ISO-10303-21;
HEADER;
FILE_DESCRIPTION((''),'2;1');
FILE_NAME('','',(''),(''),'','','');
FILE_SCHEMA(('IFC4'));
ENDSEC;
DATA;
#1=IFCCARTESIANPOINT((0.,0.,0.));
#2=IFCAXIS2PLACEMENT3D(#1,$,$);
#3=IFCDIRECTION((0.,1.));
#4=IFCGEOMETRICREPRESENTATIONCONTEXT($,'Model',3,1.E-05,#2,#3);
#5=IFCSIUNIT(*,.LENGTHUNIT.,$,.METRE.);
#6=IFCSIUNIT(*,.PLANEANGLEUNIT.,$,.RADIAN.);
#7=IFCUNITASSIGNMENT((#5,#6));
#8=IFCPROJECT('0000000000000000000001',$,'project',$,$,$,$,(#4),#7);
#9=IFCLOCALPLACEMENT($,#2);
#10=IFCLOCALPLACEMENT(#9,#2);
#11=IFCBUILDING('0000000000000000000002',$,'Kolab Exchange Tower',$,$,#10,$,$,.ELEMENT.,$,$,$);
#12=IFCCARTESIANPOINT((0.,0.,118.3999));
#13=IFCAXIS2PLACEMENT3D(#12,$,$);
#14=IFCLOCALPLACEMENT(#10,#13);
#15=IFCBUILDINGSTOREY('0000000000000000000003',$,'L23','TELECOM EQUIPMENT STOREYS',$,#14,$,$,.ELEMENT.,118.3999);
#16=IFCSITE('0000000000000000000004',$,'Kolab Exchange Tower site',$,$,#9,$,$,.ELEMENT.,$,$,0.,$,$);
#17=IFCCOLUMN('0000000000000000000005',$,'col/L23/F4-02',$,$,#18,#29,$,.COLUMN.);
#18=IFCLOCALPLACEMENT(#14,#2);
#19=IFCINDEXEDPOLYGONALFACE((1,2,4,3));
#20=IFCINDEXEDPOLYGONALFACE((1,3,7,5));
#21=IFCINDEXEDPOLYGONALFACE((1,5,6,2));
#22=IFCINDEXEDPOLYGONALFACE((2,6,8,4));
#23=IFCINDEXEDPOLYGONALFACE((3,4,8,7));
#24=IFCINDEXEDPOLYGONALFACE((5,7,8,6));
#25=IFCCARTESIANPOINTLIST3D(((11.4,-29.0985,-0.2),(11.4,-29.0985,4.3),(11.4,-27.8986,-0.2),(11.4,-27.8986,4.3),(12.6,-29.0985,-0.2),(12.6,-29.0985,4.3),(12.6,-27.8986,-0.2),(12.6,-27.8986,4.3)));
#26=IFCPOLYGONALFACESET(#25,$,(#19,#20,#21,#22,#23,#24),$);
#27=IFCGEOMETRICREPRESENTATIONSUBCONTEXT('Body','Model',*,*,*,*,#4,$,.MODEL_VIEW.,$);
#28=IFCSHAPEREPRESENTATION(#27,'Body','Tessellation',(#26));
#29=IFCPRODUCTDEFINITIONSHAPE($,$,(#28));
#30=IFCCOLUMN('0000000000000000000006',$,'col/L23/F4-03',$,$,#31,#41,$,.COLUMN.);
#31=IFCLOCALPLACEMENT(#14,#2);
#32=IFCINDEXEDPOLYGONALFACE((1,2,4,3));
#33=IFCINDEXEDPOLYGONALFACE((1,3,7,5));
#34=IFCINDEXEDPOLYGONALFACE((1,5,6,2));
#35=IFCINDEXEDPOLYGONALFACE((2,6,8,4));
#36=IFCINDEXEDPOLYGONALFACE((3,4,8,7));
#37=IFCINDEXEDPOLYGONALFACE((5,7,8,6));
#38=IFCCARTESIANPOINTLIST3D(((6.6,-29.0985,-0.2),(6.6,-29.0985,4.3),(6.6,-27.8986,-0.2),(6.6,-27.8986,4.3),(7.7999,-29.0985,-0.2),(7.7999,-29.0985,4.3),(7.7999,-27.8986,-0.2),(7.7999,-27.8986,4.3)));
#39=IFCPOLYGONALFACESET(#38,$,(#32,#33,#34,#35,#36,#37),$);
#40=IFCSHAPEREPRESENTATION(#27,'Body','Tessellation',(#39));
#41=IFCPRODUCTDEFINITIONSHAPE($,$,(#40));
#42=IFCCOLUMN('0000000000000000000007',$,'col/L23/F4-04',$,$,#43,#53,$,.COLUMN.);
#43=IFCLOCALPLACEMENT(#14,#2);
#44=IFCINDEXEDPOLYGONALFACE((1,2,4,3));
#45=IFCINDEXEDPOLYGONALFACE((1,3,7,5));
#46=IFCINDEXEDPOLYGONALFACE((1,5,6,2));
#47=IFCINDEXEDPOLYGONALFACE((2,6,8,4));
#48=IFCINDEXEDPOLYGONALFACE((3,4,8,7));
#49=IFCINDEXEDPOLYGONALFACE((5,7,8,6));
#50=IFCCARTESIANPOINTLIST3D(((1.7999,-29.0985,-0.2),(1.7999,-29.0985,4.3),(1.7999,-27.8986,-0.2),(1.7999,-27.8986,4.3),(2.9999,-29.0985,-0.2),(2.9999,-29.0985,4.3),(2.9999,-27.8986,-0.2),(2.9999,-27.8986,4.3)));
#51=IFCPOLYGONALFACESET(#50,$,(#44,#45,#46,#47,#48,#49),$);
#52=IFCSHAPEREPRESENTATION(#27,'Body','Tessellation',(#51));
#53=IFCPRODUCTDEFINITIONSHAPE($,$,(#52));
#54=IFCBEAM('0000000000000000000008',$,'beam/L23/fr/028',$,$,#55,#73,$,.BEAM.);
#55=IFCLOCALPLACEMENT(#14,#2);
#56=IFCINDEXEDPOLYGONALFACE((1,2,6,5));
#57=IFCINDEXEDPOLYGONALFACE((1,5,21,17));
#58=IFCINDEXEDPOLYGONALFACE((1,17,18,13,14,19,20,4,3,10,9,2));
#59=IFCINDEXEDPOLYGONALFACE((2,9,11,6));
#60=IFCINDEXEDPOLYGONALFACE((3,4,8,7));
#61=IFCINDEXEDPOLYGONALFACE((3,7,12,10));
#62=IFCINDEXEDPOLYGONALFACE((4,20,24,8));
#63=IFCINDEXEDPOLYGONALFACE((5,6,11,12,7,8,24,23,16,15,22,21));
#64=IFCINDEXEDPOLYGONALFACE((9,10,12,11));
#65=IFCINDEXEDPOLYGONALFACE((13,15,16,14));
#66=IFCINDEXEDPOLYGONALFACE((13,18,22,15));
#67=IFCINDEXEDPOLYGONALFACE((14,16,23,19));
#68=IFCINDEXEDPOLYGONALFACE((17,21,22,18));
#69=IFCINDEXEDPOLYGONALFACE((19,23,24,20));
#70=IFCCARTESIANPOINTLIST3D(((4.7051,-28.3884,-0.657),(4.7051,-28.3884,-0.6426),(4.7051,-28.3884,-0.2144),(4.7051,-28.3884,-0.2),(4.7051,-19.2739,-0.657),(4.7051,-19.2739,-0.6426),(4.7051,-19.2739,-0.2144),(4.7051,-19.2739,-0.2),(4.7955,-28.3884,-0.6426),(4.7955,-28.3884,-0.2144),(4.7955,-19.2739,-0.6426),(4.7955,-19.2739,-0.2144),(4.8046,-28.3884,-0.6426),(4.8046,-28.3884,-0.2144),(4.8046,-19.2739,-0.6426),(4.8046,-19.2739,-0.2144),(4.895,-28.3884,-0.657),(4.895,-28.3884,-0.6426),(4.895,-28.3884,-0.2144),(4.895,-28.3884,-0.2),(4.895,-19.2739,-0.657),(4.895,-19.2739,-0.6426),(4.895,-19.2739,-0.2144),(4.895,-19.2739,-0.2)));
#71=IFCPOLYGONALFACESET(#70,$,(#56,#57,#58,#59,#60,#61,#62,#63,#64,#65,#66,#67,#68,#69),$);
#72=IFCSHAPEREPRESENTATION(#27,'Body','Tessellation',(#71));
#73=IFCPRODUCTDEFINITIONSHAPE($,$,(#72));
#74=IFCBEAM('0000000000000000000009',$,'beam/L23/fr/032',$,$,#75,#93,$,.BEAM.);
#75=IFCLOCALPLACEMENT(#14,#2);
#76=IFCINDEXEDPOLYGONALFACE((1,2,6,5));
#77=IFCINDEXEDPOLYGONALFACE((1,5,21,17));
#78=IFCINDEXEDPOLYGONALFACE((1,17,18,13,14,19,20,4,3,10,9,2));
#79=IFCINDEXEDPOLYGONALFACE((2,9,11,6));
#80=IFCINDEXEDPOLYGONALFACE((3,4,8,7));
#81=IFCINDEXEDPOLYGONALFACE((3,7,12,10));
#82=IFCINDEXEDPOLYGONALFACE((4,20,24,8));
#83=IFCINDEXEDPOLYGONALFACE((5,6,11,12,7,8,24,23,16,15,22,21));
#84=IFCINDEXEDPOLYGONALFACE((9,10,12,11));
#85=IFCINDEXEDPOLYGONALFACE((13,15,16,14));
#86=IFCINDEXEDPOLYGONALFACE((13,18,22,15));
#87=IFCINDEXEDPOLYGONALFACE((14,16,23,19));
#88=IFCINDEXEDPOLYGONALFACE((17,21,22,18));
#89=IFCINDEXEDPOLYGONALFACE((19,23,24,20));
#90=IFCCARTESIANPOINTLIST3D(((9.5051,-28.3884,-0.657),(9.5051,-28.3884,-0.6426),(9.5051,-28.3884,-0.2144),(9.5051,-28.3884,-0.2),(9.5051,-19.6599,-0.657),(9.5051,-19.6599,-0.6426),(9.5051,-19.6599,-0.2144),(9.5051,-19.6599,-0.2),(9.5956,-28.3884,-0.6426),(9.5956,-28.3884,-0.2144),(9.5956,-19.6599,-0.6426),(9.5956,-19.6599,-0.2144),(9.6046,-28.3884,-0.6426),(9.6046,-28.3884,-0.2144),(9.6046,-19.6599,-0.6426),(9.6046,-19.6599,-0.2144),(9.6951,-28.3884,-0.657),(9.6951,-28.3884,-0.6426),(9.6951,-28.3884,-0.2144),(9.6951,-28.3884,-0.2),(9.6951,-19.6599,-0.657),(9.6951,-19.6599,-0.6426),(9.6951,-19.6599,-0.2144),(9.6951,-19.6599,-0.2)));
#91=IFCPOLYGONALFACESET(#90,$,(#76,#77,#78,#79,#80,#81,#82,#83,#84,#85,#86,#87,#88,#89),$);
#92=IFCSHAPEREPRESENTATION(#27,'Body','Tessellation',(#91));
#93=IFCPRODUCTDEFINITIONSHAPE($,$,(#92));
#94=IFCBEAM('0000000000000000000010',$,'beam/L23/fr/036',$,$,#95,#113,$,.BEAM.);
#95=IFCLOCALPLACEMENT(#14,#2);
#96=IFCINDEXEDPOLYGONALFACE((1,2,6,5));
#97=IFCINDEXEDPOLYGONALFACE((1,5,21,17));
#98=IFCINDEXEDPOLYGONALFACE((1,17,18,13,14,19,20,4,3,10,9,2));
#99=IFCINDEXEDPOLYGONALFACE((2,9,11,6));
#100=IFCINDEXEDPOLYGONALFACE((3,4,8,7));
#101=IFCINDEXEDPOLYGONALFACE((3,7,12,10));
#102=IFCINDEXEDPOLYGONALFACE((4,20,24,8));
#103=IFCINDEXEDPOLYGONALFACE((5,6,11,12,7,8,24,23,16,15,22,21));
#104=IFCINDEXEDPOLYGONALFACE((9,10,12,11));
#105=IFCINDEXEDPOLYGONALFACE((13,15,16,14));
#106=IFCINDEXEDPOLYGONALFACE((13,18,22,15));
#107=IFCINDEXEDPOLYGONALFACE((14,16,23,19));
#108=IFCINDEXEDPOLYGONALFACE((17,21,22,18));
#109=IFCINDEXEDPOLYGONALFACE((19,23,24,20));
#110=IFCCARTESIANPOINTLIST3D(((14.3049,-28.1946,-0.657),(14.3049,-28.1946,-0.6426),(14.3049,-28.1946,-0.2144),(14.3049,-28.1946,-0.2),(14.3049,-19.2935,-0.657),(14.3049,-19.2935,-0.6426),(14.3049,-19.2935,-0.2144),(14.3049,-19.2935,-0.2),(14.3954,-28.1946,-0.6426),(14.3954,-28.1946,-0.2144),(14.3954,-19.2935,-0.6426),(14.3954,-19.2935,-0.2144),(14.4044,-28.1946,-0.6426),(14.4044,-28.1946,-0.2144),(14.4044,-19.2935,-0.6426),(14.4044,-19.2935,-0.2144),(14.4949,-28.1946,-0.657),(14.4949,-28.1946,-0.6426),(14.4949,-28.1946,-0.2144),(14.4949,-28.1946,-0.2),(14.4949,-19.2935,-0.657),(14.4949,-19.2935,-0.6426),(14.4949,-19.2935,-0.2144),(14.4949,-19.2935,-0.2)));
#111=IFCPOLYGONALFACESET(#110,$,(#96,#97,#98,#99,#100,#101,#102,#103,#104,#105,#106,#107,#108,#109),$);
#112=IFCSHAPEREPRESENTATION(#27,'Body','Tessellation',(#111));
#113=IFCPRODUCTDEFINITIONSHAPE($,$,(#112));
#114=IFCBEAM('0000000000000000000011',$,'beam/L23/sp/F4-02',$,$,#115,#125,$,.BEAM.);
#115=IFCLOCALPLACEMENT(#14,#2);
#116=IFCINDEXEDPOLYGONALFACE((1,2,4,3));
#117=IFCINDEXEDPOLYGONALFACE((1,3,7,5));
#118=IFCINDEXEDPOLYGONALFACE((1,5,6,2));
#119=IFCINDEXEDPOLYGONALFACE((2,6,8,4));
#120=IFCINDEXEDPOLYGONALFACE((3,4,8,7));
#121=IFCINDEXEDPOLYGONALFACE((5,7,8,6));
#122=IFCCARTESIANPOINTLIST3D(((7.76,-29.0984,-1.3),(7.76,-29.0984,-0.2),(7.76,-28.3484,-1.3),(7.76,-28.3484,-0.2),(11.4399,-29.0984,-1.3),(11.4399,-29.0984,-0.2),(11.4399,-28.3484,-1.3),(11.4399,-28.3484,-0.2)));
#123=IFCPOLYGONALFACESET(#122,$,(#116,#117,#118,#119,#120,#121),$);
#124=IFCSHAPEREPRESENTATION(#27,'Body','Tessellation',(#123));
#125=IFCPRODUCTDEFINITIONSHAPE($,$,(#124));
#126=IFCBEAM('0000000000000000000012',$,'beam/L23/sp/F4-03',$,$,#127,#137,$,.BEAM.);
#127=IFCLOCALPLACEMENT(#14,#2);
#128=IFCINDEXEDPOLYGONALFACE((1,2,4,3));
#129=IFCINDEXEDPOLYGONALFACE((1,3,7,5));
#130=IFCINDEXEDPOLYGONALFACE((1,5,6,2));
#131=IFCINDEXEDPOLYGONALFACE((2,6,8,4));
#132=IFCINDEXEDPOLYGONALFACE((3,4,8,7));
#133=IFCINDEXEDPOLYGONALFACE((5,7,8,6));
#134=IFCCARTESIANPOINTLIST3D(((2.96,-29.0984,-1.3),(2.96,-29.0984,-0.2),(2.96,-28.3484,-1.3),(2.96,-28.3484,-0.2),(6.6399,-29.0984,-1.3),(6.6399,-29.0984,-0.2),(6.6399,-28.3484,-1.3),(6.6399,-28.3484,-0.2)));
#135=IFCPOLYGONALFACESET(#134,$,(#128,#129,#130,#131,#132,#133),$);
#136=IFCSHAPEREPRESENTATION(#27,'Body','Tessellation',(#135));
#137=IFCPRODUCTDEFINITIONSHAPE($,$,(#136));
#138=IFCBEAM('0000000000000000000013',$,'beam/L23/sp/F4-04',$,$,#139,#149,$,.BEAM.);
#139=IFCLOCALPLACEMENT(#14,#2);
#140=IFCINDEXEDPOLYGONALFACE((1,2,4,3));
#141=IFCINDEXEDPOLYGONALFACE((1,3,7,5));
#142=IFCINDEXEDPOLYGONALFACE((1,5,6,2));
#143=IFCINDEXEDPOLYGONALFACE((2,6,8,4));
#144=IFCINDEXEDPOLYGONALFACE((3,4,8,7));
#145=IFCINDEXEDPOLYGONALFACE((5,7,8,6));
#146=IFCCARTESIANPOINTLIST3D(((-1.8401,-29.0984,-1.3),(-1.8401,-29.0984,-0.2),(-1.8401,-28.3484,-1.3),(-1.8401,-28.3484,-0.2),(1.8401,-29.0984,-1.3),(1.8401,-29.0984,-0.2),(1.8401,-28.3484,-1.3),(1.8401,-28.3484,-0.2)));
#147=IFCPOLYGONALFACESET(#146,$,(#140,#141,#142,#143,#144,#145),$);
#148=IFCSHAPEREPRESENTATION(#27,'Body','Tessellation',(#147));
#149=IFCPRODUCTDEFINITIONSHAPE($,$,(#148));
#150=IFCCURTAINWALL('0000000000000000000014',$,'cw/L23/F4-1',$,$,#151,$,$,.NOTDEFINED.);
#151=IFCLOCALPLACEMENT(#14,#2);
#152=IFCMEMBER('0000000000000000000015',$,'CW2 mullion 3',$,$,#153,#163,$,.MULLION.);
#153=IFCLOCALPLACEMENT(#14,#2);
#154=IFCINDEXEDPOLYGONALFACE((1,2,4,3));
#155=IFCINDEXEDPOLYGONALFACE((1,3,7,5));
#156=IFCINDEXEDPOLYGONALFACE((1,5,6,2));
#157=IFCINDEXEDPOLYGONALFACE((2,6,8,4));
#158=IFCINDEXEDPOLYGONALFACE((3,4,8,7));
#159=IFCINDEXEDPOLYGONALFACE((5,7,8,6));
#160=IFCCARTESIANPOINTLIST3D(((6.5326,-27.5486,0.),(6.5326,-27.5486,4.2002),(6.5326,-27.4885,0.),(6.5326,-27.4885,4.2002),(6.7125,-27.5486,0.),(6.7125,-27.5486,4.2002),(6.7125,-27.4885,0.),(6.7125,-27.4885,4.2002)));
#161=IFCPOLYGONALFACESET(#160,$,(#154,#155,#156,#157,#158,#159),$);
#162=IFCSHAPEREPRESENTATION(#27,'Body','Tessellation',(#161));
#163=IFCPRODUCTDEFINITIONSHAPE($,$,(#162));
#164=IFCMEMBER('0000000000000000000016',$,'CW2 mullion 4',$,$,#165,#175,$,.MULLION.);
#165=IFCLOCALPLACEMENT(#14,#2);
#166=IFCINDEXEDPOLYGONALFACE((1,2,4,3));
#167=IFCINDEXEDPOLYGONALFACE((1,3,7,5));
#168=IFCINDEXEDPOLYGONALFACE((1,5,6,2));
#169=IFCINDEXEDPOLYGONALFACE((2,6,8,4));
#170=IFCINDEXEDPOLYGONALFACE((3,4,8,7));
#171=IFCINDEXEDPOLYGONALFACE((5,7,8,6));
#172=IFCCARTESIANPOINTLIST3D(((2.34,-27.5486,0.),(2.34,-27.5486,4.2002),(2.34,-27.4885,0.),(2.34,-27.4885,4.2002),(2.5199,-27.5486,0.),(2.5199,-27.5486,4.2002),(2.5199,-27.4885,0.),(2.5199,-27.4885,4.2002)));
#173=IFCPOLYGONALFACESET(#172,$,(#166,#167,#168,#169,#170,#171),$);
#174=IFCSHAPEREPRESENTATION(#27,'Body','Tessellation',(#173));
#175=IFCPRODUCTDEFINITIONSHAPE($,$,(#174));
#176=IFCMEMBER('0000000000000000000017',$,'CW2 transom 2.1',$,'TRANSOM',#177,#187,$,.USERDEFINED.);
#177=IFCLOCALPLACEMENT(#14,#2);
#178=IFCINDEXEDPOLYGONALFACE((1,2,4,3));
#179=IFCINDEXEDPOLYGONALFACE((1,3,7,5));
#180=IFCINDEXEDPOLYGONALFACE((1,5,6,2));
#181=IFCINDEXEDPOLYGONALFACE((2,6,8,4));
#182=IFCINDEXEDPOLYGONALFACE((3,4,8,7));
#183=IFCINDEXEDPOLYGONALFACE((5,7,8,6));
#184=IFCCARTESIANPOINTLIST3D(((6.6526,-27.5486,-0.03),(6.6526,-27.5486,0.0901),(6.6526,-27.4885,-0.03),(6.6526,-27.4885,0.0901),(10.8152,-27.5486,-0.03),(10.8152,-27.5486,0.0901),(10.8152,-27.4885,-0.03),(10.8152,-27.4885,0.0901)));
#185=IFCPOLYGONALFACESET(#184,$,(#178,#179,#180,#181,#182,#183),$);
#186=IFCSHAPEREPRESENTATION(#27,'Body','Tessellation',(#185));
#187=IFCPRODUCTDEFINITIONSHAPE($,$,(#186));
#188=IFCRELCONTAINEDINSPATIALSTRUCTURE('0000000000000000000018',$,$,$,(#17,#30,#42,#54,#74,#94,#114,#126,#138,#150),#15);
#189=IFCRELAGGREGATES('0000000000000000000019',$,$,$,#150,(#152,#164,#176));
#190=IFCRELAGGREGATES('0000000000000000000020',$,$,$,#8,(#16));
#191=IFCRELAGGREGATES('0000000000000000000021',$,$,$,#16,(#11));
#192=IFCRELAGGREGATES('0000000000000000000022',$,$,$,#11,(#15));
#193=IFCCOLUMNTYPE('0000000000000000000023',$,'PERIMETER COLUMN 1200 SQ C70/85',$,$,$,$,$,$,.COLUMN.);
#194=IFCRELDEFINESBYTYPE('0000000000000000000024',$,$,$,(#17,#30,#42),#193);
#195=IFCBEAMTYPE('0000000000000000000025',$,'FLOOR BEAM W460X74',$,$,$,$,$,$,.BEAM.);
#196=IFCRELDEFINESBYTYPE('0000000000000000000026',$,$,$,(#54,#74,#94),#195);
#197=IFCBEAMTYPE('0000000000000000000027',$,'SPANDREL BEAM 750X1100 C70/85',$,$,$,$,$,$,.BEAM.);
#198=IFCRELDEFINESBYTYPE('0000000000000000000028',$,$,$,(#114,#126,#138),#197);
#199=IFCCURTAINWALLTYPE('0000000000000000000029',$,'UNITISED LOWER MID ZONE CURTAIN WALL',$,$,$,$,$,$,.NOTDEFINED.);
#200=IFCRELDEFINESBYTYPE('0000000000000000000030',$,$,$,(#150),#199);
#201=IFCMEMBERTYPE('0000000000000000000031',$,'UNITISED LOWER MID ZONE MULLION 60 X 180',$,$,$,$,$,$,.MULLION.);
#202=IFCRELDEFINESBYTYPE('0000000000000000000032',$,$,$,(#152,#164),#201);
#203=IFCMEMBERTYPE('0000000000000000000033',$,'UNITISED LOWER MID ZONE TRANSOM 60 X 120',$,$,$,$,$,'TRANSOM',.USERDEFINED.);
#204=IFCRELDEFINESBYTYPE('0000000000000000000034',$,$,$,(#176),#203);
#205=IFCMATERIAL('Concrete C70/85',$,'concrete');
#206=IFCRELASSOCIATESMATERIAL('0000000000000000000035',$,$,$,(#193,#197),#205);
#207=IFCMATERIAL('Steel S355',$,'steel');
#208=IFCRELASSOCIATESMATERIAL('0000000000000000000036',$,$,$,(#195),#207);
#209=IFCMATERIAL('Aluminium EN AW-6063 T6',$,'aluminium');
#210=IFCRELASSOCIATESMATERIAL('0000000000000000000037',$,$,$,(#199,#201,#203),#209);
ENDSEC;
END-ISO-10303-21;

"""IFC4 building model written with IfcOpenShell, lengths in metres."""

from ifc_helpers import new_model, si_unit, direction, frame, origin, origin_2d, place, context, subcontext, project, spatial, rectangle, i_section, extrude, material, material_profile, profile_set, type_object, element, aggregate, save


model = new_model("IFC4")

# Units and contexts
model_context = context("Model", 3, precision=1e-05, world=origin(), true_north=direction((0.0, 1.0)))
body_context = subcontext(model_context, "Body", "Model", "MODEL_VIEW")
ifc_project = project(units=[si_unit("LENGTHUNIT", "METRE"), si_unit("PLANEANGLEUNIT", "RADIAN")], contexts=[model_context])

# Site, building, storey
site_placement = place(None, origin())
site = spatial("IfcSite", under=ifc_project, at=site_placement, Name="Kolab Exchange Tower site", CompositionType="ELEMENT", RefElevation=0.0)
building_placement = place(site_placement, origin())
building = spatial("IfcBuilding", under=site, at=building_placement, Name="Kolab Exchange Tower", CompositionType="ELEMENT")
storey_placement = place(building_placement, frame((0.0, 0.0, 118.3999)))
storey = spatial("IfcBuildingStorey", under=building, at=storey_placement, Name="L23", Description="TELECOM EQUIPMENT STOREYS", CompositionType="ELEMENT", Elevation=118.3999)

# Columns
ifc_material_1 = material(Name="Concrete C70/85", Category="concrete")
ifc_material_profile_1 = material_profile(ifc_material_1, rectangle(XDim=1.2, YDim=1.2, at=origin_2d()), Name="RC1200")
ifc_profile_set_1 = profile_set([ifc_material_profile_1], Name="Concrete C70/85")
column_type = type_object("IfcColumnType", Name="PERIMETER COLUMN 1200 SQ C70/85", PredefinedType="COLUMN", material=ifc_profile_set_1)
for number, where, z_axis, x_axis, name in (
    (1, (12.0, -28.4985, -0.2), (0.0, 0.0, 1.0), (1.0, 0.0, 0.0), "col/L23/F4-02"),
    (2, (7.2, -28.4985, -0.2), (0.0, 0.0, 1.0), (1.0, 0.0, 0.0), "col/L23/F4-03"),
    (3, (2.3999, -28.4985, -0.2), (0.0, 0.0, 1.0), (1.0, 0.0, 0.0), "col/L23/F4-04"),
):
    element("IfcColumn", number, at=place(storey_placement, frame(where, z_axis=z_axis, x_axis=x_axis)), inside=storey, type_object=column_type, Name=name, PredefinedType="COLUMN", context=body_context, shape_type="SweptSolid", body=[
        extrude(rectangle(XDim=1.2, YDim=1.2, at=origin_2d()), origin(), (0.0, 0.0, 1.0), 4.5),
    ])

# Beams
ifc_material_2 = material(Name="Steel S355", Category="steel")
ifc_material_profile_2 = material_profile(ifc_material_2, i_section(OverallWidth=0.1899, OverallDepth=0.457, WebThickness=0.009, FlangeThickness=0.0144, at=origin_2d()), Name="W460X74")
ifc_profile_set_2 = profile_set([ifc_material_profile_2], Name="Steel S355")
beam_type_1 = type_object("IfcBeamType", Name="FLOOR BEAM W460X74", PredefinedType="BEAM", material=ifc_profile_set_2)
beam_1_placement = place(storey_placement, frame((4.8, -28.3884, -0.4285), z_axis=(0.0, 1.0, 0.0), x_axis=(-1.0, 0.0, 0.0)))
element("IfcBeam", 4, at=beam_1_placement, inside=storey, type_object=beam_type_1, Name="beam/L23/fr/028", PredefinedType="BEAM", context=body_context, shape_type="SweptSolid", body=[
    extrude(i_section(OverallWidth=0.1899, OverallDepth=0.457, WebThickness=0.009, FlangeThickness=0.0144, at=origin_2d()), origin(), (0.0, 0.0, 1.0), 9.1145),
])
beam_2_placement = place(storey_placement, frame((9.6001, -28.3884, -0.4285), z_axis=(0.0, 1.0, 0.0), x_axis=(-1.0, 0.0, 0.0)))
element("IfcBeam", 5, at=beam_2_placement, inside=storey, type_object=beam_type_1, Name="beam/L23/fr/032", PredefinedType="BEAM", context=body_context, shape_type="SweptSolid", body=[
    extrude(i_section(OverallWidth=0.1899, OverallDepth=0.457, WebThickness=0.009, FlangeThickness=0.0144, at=origin_2d()), origin(), (0.0, 0.0, 1.0), 8.7285),
])
beam_3_placement = place(storey_placement, frame((14.3999, -28.1946, -0.4285), z_axis=(0.0, 1.0, 0.0), x_axis=(-1.0, 0.0, 0.0)))
element("IfcBeam", 6, at=beam_3_placement, inside=storey, type_object=beam_type_1, Name="beam/L23/fr/036", PredefinedType="BEAM", context=body_context, shape_type="SweptSolid", body=[
    extrude(i_section(OverallWidth=0.1899, OverallDepth=0.457, WebThickness=0.009, FlangeThickness=0.0144, at=origin_2d()), origin(), (0.0, 0.0, 1.0), 8.9011),
])
ifc_material_profile_3 = material_profile(ifc_material_1, rectangle(XDim=0.75, YDim=1.1001, at=origin_2d()), Name="RC750X1100")
ifc_profile_set_3 = profile_set([ifc_material_profile_3], Name="Concrete C70/85")
beam_type_2 = type_object("IfcBeamType", Name="SPANDREL BEAM 750X1100 C70/85", PredefinedType="BEAM", material=ifc_profile_set_3)
for number, where, z_axis, x_axis, name in (
    (7, (11.4399, -28.7234, -0.75), (-1.0, 0.0, 0.0), (0.0, -1.0, 0.0), "beam/L23/sp/F4-02"),
    (8, (6.6399, -28.7234, -0.75), (-1.0, 0.0, 0.0), (0.0, -1.0, 0.0), "beam/L23/sp/F4-03"),
):
    element("IfcBeam", number, at=place(storey_placement, frame(where, z_axis=z_axis, x_axis=x_axis)), inside=storey, type_object=beam_type_2, Name=name, PredefinedType="BEAM", context=body_context, shape_type="SweptSolid", body=[
        extrude(rectangle(XDim=0.75, YDim=1.1001, at=origin_2d()), origin(), (0.0, 0.0, 1.0), 3.6799),
    ])
beam_4_placement = place(storey_placement, frame((1.8401, -28.7234, -0.75), z_axis=(-1.0, 0.0, 0.0), x_axis=(0.0, -1.0, 0.0)))
element("IfcBeam", 9, at=beam_4_placement, inside=storey, type_object=beam_type_2, Name="beam/L23/sp/F4-04", PredefinedType="BEAM", context=body_context, shape_type="SweptSolid", body=[
    extrude(rectangle(XDim=0.75, YDim=1.1001, at=origin_2d()), origin(), (0.0, 0.0, 1.0), 3.6802),
])

# Curtain wall, members
ifc_material_3 = material(Name="Aluminium EN AW-6063 T6", Category="aluminium")
curtain_wall_type = type_object("IfcCurtainWallType", Name="UNITISED LOWER MID ZONE CURTAIN WALL", PredefinedType="NOTDEFINED", material=ifc_material_3)
curtain_wall_placement = place(storey_placement, origin())
curtain_wall = element("IfcCurtainWall", 10, at=curtain_wall_placement, inside=storey, type_object=curtain_wall_type, Name="cw/L23/F4-1", PredefinedType="NOTDEFINED")
ifc_material_profile_4 = material_profile(ifc_material_3, rectangle(XDim=0.0601, YDim=0.1799, at=origin_2d()), Name="RECT 60X180")
ifc_profile_set_4 = profile_set([ifc_material_profile_4], Name="Aluminium EN AW-6063 T6")
member_type_1 = type_object("IfcMemberType", Name="UNITISED LOWER MID ZONE MULLION 60 X 180", PredefinedType="MULLION", material=ifc_profile_set_4)
member_1_placement = place(storey_placement, frame((6.6226, -27.5186, 0.0), z_axis=(0.0, 0.0, 1.0), x_axis=(0.0, -1.0, 0.0)))
member_1 = element("IfcMember", 11, at=member_1_placement, type_object=member_type_1, Name="CW2 mullion 3", PredefinedType="MULLION", context=body_context, shape_type="SweptSolid", body=[
    extrude(rectangle(XDim=0.0601, YDim=0.1799, at=origin_2d()), origin(), (0.0, 0.0, 1.0), 4.2002),
])
member_2_placement = place(storey_placement, frame((2.4299, -27.5186, 0.0), z_axis=(0.0, 0.0, 1.0), x_axis=(0.0, -1.0, 0.0)))
member_2 = element("IfcMember", 12, at=member_2_placement, type_object=member_type_1, Name="CW2 mullion 4", PredefinedType="MULLION", context=body_context, shape_type="SweptSolid", body=[
    extrude(rectangle(XDim=0.0601, YDim=0.1799, at=origin_2d()), origin(), (0.0, 0.0, 1.0), 4.2002),
])
ifc_material_profile_5 = material_profile(ifc_material_3, rectangle(XDim=0.0601, YDim=0.1201, at=origin_2d()), Name="RECT 60X120")
ifc_profile_set_5 = profile_set([ifc_material_profile_5], Name="Aluminium EN AW-6063 T6")
member_type_2 = type_object("IfcMemberType", Name="UNITISED LOWER MID ZONE TRANSOM 60 X 120", ElementType="TRANSOM", PredefinedType="USERDEFINED", material=ifc_profile_set_5)
member_3_placement = place(storey_placement, frame((10.8152, -27.5186, 0.03), z_axis=(-1.0, 0.0, 0.0), x_axis=(0.0, -1.0, 0.0)))
member_3 = element("IfcMember", 13, at=member_3_placement, type_object=member_type_2, Name="CW2 transom 2.1", ObjectType="TRANSOM", PredefinedType="USERDEFINED", context=body_context, shape_type="SweptSolid", body=[
    extrude(rectangle(XDim=0.0601, YDim=0.1201, at=origin_2d()), origin(), (0.0, 0.0, 1.0), 4.1626),
])
aggregate(curtain_wall, [member_1, member_2, member_3])

save(model, "model.ifc")
